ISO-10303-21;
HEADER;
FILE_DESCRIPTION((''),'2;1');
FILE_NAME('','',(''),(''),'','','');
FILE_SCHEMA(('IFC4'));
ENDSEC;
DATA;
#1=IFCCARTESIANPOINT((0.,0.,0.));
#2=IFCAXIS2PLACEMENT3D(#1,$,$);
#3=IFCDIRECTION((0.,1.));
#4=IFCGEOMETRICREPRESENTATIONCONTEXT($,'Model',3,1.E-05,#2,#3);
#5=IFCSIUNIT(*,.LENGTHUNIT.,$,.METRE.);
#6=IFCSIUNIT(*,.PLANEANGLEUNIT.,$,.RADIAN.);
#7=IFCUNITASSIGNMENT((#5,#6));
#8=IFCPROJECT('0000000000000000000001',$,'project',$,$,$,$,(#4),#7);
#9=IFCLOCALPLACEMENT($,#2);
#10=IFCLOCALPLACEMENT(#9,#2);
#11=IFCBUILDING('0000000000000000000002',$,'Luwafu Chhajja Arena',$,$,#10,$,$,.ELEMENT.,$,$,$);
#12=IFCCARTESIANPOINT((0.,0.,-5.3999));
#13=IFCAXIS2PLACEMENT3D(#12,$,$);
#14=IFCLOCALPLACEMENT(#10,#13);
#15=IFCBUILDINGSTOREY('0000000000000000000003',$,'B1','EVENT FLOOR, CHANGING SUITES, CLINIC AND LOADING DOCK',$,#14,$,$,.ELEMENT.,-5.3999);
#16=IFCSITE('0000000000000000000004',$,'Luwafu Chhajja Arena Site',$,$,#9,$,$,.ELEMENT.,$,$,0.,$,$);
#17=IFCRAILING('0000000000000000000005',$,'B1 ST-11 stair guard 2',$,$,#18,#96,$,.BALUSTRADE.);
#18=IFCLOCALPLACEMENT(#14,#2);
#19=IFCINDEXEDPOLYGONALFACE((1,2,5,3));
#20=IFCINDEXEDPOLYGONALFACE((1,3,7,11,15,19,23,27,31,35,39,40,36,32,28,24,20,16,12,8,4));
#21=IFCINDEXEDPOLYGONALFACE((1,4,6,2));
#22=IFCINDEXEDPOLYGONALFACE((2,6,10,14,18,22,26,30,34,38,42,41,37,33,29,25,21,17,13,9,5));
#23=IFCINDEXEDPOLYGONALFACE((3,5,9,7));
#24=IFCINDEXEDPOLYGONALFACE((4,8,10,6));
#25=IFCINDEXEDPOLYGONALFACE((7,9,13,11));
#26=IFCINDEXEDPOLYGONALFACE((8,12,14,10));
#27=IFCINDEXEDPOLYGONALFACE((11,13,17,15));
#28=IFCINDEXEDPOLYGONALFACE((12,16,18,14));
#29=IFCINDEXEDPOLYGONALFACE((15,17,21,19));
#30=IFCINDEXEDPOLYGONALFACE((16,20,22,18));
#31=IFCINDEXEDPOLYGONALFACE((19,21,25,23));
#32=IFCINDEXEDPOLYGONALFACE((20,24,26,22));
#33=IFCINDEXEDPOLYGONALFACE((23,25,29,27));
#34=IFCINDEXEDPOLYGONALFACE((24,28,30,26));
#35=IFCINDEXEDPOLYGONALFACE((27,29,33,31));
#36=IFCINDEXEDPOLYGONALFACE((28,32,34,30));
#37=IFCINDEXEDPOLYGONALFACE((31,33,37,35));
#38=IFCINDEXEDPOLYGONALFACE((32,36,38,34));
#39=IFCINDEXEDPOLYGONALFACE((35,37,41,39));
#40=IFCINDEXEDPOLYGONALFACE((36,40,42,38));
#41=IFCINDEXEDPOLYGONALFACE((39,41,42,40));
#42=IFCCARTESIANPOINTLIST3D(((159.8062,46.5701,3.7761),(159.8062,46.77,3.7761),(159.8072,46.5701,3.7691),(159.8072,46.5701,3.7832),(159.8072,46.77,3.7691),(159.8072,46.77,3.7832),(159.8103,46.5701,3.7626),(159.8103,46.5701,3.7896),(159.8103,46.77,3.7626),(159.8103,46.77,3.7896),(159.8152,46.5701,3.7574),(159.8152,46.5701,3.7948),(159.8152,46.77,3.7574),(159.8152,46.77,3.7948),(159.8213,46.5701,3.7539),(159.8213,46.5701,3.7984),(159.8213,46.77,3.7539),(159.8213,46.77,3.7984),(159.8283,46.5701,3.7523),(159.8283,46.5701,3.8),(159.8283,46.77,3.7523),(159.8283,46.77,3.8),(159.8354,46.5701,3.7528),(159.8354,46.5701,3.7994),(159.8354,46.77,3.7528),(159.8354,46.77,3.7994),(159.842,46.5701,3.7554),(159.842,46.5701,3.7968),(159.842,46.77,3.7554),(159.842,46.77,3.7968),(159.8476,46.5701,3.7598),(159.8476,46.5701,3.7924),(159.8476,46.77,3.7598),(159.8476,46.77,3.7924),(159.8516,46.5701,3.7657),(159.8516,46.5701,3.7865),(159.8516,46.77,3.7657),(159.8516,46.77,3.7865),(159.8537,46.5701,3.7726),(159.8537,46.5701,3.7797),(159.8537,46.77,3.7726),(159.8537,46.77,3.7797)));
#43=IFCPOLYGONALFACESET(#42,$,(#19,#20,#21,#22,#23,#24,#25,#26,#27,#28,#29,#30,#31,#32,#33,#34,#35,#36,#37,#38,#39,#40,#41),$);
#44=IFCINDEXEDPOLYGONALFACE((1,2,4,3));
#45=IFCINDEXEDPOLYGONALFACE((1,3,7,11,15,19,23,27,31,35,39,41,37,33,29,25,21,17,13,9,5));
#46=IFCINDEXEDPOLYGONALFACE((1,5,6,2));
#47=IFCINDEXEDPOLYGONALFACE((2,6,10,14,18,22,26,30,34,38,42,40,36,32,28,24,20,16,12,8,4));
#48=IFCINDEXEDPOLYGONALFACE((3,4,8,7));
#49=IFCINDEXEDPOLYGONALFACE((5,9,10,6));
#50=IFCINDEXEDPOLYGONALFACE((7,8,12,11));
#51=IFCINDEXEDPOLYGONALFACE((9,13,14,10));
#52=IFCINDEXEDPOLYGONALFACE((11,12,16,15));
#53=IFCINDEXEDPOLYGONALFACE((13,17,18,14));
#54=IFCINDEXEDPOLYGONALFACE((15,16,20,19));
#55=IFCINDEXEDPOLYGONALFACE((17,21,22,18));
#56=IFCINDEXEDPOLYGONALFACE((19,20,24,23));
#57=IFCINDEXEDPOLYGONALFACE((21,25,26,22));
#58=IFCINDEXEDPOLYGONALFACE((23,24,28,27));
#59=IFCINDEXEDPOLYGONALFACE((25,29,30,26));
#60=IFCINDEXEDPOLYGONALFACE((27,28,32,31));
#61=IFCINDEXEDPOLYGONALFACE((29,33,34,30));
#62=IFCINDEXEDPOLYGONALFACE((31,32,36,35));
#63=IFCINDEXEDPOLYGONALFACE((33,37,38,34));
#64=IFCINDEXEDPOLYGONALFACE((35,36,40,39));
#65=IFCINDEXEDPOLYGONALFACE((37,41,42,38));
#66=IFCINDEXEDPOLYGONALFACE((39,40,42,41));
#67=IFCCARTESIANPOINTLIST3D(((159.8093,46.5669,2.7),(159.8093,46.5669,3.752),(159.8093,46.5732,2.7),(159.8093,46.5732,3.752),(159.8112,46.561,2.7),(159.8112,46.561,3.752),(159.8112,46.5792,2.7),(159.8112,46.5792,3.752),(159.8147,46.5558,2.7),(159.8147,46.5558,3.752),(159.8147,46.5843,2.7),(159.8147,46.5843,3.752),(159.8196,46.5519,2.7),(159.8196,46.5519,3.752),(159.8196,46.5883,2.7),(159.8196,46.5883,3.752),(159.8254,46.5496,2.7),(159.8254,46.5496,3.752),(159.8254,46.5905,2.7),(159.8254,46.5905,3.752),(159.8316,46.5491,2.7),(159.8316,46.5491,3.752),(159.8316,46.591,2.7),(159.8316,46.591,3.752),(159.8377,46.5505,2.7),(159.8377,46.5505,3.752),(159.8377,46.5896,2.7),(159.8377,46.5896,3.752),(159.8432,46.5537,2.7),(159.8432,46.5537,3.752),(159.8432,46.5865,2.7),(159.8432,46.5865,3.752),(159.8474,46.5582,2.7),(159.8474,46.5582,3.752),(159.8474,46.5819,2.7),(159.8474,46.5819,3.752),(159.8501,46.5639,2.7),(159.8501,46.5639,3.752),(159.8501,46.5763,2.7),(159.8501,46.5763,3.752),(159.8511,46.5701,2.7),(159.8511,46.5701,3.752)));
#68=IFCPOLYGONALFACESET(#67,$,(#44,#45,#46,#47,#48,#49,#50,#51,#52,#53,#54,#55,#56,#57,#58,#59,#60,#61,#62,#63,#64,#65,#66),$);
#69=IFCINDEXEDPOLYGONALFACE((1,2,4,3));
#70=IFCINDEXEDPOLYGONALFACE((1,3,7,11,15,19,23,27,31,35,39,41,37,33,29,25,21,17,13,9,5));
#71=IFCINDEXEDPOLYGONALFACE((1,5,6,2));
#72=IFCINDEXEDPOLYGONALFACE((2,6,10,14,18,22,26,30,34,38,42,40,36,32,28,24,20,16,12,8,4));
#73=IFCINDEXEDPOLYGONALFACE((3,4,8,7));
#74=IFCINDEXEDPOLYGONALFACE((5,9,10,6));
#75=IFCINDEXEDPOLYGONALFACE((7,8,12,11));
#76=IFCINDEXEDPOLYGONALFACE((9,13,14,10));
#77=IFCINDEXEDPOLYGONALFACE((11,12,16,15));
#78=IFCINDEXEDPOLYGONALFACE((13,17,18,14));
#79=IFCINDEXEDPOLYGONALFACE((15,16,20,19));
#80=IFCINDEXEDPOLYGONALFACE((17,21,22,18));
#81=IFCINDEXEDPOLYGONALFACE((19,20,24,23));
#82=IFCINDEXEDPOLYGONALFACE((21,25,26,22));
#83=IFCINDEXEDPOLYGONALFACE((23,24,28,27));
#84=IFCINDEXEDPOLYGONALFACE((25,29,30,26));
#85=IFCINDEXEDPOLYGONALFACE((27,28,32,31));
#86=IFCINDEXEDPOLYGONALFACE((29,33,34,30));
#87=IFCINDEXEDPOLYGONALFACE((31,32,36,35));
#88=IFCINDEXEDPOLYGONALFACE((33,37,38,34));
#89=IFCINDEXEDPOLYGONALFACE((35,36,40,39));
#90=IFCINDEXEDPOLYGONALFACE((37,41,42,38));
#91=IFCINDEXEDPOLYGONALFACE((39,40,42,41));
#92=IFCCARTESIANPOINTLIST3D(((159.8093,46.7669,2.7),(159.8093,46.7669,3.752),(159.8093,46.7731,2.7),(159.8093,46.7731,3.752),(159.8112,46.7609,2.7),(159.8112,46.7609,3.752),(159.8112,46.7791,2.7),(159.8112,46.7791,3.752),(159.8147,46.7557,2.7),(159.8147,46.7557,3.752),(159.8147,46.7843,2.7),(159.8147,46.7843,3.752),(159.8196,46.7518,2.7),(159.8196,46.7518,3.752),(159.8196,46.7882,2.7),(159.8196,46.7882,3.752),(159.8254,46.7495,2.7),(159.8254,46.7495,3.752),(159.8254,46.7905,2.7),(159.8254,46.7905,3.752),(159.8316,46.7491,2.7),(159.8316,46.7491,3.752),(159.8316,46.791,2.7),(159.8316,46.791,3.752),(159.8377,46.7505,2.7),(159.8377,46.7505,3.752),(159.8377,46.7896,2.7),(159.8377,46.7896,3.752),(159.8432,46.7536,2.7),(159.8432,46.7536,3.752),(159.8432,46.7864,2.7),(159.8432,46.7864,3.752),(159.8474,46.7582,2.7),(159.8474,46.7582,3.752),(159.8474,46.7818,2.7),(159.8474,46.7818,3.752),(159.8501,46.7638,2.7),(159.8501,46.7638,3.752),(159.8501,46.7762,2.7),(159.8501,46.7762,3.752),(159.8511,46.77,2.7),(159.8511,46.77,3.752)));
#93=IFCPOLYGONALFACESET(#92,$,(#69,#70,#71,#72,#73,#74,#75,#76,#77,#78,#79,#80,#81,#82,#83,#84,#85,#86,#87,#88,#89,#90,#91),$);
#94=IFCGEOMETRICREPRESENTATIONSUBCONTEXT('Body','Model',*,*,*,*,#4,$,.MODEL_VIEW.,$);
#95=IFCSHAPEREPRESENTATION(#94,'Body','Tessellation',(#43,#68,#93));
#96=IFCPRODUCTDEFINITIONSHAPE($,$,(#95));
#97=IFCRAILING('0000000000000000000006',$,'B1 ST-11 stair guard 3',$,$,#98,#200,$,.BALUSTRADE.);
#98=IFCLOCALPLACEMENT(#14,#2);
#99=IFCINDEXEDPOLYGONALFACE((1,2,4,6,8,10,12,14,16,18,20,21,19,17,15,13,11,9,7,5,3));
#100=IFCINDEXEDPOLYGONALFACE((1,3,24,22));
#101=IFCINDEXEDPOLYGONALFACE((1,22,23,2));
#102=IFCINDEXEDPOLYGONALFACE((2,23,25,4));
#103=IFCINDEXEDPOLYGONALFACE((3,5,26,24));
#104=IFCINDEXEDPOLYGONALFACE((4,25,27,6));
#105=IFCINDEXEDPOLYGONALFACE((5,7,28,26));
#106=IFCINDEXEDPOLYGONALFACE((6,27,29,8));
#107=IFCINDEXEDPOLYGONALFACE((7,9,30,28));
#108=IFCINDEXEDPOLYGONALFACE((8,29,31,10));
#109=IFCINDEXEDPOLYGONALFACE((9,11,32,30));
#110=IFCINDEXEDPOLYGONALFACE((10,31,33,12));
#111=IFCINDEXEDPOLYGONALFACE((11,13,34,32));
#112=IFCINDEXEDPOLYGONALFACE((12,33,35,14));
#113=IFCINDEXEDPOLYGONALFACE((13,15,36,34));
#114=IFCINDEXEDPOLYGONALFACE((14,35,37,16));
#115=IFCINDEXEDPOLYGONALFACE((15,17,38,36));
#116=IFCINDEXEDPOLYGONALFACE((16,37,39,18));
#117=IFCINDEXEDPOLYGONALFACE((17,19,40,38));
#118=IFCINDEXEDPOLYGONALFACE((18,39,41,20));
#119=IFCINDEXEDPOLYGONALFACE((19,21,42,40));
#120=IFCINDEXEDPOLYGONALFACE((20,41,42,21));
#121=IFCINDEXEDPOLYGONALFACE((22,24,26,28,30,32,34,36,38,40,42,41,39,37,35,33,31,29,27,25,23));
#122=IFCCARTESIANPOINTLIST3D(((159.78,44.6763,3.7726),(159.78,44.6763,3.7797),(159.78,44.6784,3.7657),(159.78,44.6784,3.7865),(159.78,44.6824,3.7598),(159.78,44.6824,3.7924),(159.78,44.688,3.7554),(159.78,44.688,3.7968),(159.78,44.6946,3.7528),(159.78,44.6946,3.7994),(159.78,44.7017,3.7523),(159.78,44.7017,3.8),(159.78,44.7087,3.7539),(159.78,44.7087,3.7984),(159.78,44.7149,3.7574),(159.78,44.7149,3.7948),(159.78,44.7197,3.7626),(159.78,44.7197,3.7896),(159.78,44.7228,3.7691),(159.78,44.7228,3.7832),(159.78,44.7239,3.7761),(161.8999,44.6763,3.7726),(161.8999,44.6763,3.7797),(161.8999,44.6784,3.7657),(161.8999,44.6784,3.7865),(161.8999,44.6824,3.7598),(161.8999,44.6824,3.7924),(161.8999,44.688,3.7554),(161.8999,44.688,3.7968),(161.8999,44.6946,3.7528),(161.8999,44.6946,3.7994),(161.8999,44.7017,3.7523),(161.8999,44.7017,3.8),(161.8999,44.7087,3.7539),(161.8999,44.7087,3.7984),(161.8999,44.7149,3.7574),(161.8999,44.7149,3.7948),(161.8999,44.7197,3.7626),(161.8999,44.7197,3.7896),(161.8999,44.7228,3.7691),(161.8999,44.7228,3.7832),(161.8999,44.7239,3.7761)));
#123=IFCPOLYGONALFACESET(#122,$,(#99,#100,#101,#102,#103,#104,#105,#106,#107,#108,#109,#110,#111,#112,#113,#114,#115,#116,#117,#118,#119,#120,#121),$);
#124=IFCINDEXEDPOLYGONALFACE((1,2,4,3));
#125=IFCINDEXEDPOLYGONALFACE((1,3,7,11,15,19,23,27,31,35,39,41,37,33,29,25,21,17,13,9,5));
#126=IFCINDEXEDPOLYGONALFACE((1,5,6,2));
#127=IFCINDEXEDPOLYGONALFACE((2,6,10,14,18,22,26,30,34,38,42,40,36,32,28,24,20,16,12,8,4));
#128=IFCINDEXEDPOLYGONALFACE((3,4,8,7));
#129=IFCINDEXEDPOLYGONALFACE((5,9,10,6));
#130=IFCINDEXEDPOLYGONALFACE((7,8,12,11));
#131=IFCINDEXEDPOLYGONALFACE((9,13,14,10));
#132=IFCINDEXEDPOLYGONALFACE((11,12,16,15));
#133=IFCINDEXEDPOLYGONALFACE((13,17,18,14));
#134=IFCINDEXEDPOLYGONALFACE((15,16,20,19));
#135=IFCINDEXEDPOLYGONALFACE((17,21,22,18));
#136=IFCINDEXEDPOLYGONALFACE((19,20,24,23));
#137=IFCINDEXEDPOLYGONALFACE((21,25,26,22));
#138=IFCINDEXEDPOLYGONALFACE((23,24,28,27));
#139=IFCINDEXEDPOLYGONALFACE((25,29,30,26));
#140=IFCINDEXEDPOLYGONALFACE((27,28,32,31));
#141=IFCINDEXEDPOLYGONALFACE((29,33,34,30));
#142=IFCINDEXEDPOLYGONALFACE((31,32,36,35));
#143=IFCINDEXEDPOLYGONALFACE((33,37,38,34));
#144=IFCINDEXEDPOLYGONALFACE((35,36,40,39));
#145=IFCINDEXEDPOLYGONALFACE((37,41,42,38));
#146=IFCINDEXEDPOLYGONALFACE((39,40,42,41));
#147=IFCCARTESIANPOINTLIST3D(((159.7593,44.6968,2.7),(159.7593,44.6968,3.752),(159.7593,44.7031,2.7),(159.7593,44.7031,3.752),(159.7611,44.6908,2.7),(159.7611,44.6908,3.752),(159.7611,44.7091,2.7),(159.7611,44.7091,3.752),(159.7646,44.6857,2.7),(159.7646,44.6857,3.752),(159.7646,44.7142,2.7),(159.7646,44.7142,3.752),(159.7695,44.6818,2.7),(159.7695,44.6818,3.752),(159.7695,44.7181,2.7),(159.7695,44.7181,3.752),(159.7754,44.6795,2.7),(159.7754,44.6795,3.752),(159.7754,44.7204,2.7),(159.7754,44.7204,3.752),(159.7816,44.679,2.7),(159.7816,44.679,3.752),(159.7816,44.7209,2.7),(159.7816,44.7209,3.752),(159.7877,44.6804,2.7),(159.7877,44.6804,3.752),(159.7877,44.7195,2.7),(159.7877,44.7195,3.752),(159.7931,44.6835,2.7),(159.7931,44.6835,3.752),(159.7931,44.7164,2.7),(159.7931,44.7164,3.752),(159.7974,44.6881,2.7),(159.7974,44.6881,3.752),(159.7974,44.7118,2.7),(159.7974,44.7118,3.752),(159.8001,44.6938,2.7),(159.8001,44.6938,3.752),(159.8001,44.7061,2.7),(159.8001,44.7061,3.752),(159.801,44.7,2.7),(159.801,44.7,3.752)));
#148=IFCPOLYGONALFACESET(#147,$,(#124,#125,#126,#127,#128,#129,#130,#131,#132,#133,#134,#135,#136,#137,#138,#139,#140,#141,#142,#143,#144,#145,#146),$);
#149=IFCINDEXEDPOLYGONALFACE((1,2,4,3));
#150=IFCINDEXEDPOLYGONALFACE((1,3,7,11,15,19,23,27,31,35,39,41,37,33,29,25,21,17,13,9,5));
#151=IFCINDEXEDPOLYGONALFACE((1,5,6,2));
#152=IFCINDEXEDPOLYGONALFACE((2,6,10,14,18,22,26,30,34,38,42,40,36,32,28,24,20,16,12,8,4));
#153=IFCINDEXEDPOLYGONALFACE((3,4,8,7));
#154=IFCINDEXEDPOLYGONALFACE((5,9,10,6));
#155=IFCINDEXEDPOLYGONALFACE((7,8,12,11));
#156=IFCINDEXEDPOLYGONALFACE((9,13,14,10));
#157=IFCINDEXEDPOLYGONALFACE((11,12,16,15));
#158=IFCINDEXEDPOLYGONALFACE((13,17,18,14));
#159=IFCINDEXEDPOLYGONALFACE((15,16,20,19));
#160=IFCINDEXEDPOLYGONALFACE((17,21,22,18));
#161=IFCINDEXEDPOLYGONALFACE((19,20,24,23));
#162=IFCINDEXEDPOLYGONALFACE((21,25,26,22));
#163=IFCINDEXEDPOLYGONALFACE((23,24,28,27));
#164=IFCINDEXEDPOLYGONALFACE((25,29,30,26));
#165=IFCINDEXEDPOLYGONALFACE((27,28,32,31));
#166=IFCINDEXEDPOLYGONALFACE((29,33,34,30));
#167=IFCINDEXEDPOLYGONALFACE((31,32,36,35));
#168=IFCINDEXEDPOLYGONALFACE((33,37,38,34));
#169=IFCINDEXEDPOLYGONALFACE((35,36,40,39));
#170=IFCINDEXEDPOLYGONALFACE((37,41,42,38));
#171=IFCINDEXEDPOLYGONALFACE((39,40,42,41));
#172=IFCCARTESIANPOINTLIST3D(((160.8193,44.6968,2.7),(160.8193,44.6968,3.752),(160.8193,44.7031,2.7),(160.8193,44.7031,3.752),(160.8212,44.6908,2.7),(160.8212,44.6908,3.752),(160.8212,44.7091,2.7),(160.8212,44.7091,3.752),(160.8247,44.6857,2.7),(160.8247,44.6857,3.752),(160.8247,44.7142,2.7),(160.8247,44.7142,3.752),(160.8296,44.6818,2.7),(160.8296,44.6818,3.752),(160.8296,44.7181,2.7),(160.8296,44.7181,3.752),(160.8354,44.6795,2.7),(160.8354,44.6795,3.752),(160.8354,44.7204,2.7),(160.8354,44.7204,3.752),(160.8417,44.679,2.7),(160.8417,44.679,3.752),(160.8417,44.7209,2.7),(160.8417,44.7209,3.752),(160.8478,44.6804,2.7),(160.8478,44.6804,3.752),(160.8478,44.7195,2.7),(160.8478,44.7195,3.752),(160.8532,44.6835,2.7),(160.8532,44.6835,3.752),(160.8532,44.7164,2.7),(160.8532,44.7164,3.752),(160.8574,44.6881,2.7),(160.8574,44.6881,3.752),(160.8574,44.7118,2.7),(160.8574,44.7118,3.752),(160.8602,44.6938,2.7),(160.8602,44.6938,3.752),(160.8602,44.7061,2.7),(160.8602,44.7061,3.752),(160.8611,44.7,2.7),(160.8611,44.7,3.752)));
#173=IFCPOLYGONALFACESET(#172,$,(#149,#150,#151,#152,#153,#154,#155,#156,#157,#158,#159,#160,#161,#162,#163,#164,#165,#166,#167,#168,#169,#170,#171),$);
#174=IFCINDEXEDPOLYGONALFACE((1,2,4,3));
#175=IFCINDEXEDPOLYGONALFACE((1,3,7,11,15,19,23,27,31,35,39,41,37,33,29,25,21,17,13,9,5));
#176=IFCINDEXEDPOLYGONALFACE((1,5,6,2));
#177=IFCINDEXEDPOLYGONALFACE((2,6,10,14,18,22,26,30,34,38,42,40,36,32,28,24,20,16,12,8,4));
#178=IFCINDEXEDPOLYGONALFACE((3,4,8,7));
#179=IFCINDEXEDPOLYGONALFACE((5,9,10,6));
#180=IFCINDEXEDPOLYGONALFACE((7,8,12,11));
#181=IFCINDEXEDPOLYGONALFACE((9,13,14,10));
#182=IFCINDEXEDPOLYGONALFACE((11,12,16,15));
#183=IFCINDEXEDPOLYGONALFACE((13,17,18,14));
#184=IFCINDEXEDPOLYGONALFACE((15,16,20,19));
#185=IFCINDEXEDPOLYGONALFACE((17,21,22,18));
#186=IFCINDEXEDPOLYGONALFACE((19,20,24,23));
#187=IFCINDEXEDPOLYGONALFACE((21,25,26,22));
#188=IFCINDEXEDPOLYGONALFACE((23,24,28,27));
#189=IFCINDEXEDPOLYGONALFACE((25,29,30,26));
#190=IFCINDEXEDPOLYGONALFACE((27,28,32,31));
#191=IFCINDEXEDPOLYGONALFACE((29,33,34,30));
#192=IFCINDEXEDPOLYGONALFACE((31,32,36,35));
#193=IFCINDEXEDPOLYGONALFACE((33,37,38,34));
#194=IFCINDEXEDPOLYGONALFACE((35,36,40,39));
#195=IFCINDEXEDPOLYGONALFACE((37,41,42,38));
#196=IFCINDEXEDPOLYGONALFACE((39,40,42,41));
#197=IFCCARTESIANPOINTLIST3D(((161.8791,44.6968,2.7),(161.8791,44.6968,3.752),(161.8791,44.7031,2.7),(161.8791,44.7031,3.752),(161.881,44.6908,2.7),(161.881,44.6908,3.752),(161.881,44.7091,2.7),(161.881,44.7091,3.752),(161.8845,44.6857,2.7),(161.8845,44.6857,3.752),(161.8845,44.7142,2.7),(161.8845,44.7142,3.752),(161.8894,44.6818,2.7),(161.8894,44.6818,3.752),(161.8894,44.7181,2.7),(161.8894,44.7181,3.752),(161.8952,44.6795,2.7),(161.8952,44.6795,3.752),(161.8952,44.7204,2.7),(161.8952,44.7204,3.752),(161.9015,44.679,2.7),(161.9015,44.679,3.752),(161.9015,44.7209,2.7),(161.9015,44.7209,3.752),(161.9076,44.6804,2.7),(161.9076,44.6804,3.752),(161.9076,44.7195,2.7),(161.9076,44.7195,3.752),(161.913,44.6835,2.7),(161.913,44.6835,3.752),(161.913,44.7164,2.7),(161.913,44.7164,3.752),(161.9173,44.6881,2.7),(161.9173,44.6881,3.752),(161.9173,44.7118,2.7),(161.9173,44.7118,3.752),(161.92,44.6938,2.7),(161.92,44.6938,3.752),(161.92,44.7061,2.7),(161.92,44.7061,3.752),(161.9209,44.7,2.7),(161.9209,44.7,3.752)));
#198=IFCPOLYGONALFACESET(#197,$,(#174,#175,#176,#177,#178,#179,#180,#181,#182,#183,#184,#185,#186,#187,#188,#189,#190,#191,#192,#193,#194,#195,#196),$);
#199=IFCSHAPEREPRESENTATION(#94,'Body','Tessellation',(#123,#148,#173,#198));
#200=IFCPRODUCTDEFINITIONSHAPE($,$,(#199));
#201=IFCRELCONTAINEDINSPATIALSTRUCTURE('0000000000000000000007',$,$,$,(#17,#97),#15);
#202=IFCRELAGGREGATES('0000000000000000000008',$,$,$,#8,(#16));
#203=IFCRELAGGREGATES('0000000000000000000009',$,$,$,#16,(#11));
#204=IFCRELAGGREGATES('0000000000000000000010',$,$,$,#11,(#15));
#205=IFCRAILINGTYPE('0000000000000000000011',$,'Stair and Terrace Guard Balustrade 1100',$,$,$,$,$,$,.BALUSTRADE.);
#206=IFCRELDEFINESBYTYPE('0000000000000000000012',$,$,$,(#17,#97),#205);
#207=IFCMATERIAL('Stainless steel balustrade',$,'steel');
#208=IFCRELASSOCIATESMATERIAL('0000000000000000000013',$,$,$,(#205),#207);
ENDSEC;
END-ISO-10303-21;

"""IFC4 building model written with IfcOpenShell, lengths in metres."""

from ifc_helpers import new_model, si_unit, direction, frame, origin, origin_2d, place, context, subcontext, project, spatial, circle, extrude, material, type_object, element, save


model = new_model("IFC4")

# Units and contexts
model_context = context("Model", 3, precision=1e-05, world=origin(), true_north=direction((0.0, 1.0)))
body_context = subcontext(model_context, "Body", "Model", "MODEL_VIEW")
ifc_project = project(units=[si_unit("LENGTHUNIT", "METRE"), si_unit("PLANEANGLEUNIT", "RADIAN")], contexts=[model_context])

# Site, building, storey
site_placement = place(None, origin())
site = spatial("IfcSite", under=ifc_project, at=site_placement, Name="Luwafu Chhajja Arena Site", CompositionType="ELEMENT", RefElevation=0.0)
building_placement = place(site_placement, origin())
building = spatial("IfcBuilding", under=site, at=building_placement, Name="Luwafu Chhajja Arena", CompositionType="ELEMENT")
storey_placement = place(building_placement, frame((0.0, 0.0, -5.3999)))
storey = spatial("IfcBuildingStorey", under=building, at=storey_placement, Name="B1", Description="EVENT FLOOR, CHANGING SUITES, CLINIC AND LOADING DOCK", CompositionType="ELEMENT", Elevation=-5.3999)

# Railings
ifc_material_1 = material(Name="Stainless steel balustrade", Category="steel")
railing_type_1 = type_object("IfcRailingType", Name="Stair and Terrace Guard Balustrade 1100", PredefinedType="BALUSTRADE", material=ifc_material_1)
railing_1_placement = place(storey_placement, frame((159.8301, 46.5701, 2.7)))
element("IfcRailing", 1, at=railing_1_placement, inside=storey, type_object=railing_type_1, Name="B1 ST-11 stair guard 2", PredefinedType="BALUSTRADE", context=body_context, shape_type="SweptSolid", body=[
    extrude(circle(Radius=0.0239, at=origin_2d()), frame((0.0, 0.0, 1.0762), z_axis=(0.0, 1.0, 0.0), x_axis=(-1.0, 0.0, 0.0)), (0.0, 0.0, 1.0), 0.2),
    extrude(circle(Radius=0.021, at=origin_2d()), origin(), (0.0, 0.0, 1.0), 1.052),
    extrude(circle(Radius=0.021, at=origin_2d()), frame((0.0, 0.2, 0.0)), (0.0, 0.0, 1.0), 1.052),
])
for number, where, name in (
    (2, (159.78, 44.7, 2.7), "B1 ST-11 stair guard 3"),
):
    element("IfcRailing", number, at=place(storey_placement, frame(where)), inside=storey, type_object=railing_type_1, Name=name, PredefinedType="BALUSTRADE", context=body_context, shape_type="SweptSolid", body=[
        extrude(circle(Radius=0.0239, at=origin_2d()), frame((0.0, 0.0, 1.0762), z_axis=(1.0, 0.0, 0.0), x_axis=(0.0, 1.0, 0.0)), (0.0, 0.0, 1.0), 2.1199),
        extrude(circle(Radius=0.021, at=origin_2d()), origin(), (0.0, 0.0, 1.0), 1.052),
        extrude(circle(Radius=0.021, at=origin_2d()), frame((1.0601, 0.0, 0.0)), (0.0, 0.0, 1.0), 1.052),
        extrude(circle(Radius=0.021, at=origin_2d()), frame((2.1199, 0.0, 0.0)), (0.0, 0.0, 1.0), 1.052),
    ])

save(model, "model.ifc")
